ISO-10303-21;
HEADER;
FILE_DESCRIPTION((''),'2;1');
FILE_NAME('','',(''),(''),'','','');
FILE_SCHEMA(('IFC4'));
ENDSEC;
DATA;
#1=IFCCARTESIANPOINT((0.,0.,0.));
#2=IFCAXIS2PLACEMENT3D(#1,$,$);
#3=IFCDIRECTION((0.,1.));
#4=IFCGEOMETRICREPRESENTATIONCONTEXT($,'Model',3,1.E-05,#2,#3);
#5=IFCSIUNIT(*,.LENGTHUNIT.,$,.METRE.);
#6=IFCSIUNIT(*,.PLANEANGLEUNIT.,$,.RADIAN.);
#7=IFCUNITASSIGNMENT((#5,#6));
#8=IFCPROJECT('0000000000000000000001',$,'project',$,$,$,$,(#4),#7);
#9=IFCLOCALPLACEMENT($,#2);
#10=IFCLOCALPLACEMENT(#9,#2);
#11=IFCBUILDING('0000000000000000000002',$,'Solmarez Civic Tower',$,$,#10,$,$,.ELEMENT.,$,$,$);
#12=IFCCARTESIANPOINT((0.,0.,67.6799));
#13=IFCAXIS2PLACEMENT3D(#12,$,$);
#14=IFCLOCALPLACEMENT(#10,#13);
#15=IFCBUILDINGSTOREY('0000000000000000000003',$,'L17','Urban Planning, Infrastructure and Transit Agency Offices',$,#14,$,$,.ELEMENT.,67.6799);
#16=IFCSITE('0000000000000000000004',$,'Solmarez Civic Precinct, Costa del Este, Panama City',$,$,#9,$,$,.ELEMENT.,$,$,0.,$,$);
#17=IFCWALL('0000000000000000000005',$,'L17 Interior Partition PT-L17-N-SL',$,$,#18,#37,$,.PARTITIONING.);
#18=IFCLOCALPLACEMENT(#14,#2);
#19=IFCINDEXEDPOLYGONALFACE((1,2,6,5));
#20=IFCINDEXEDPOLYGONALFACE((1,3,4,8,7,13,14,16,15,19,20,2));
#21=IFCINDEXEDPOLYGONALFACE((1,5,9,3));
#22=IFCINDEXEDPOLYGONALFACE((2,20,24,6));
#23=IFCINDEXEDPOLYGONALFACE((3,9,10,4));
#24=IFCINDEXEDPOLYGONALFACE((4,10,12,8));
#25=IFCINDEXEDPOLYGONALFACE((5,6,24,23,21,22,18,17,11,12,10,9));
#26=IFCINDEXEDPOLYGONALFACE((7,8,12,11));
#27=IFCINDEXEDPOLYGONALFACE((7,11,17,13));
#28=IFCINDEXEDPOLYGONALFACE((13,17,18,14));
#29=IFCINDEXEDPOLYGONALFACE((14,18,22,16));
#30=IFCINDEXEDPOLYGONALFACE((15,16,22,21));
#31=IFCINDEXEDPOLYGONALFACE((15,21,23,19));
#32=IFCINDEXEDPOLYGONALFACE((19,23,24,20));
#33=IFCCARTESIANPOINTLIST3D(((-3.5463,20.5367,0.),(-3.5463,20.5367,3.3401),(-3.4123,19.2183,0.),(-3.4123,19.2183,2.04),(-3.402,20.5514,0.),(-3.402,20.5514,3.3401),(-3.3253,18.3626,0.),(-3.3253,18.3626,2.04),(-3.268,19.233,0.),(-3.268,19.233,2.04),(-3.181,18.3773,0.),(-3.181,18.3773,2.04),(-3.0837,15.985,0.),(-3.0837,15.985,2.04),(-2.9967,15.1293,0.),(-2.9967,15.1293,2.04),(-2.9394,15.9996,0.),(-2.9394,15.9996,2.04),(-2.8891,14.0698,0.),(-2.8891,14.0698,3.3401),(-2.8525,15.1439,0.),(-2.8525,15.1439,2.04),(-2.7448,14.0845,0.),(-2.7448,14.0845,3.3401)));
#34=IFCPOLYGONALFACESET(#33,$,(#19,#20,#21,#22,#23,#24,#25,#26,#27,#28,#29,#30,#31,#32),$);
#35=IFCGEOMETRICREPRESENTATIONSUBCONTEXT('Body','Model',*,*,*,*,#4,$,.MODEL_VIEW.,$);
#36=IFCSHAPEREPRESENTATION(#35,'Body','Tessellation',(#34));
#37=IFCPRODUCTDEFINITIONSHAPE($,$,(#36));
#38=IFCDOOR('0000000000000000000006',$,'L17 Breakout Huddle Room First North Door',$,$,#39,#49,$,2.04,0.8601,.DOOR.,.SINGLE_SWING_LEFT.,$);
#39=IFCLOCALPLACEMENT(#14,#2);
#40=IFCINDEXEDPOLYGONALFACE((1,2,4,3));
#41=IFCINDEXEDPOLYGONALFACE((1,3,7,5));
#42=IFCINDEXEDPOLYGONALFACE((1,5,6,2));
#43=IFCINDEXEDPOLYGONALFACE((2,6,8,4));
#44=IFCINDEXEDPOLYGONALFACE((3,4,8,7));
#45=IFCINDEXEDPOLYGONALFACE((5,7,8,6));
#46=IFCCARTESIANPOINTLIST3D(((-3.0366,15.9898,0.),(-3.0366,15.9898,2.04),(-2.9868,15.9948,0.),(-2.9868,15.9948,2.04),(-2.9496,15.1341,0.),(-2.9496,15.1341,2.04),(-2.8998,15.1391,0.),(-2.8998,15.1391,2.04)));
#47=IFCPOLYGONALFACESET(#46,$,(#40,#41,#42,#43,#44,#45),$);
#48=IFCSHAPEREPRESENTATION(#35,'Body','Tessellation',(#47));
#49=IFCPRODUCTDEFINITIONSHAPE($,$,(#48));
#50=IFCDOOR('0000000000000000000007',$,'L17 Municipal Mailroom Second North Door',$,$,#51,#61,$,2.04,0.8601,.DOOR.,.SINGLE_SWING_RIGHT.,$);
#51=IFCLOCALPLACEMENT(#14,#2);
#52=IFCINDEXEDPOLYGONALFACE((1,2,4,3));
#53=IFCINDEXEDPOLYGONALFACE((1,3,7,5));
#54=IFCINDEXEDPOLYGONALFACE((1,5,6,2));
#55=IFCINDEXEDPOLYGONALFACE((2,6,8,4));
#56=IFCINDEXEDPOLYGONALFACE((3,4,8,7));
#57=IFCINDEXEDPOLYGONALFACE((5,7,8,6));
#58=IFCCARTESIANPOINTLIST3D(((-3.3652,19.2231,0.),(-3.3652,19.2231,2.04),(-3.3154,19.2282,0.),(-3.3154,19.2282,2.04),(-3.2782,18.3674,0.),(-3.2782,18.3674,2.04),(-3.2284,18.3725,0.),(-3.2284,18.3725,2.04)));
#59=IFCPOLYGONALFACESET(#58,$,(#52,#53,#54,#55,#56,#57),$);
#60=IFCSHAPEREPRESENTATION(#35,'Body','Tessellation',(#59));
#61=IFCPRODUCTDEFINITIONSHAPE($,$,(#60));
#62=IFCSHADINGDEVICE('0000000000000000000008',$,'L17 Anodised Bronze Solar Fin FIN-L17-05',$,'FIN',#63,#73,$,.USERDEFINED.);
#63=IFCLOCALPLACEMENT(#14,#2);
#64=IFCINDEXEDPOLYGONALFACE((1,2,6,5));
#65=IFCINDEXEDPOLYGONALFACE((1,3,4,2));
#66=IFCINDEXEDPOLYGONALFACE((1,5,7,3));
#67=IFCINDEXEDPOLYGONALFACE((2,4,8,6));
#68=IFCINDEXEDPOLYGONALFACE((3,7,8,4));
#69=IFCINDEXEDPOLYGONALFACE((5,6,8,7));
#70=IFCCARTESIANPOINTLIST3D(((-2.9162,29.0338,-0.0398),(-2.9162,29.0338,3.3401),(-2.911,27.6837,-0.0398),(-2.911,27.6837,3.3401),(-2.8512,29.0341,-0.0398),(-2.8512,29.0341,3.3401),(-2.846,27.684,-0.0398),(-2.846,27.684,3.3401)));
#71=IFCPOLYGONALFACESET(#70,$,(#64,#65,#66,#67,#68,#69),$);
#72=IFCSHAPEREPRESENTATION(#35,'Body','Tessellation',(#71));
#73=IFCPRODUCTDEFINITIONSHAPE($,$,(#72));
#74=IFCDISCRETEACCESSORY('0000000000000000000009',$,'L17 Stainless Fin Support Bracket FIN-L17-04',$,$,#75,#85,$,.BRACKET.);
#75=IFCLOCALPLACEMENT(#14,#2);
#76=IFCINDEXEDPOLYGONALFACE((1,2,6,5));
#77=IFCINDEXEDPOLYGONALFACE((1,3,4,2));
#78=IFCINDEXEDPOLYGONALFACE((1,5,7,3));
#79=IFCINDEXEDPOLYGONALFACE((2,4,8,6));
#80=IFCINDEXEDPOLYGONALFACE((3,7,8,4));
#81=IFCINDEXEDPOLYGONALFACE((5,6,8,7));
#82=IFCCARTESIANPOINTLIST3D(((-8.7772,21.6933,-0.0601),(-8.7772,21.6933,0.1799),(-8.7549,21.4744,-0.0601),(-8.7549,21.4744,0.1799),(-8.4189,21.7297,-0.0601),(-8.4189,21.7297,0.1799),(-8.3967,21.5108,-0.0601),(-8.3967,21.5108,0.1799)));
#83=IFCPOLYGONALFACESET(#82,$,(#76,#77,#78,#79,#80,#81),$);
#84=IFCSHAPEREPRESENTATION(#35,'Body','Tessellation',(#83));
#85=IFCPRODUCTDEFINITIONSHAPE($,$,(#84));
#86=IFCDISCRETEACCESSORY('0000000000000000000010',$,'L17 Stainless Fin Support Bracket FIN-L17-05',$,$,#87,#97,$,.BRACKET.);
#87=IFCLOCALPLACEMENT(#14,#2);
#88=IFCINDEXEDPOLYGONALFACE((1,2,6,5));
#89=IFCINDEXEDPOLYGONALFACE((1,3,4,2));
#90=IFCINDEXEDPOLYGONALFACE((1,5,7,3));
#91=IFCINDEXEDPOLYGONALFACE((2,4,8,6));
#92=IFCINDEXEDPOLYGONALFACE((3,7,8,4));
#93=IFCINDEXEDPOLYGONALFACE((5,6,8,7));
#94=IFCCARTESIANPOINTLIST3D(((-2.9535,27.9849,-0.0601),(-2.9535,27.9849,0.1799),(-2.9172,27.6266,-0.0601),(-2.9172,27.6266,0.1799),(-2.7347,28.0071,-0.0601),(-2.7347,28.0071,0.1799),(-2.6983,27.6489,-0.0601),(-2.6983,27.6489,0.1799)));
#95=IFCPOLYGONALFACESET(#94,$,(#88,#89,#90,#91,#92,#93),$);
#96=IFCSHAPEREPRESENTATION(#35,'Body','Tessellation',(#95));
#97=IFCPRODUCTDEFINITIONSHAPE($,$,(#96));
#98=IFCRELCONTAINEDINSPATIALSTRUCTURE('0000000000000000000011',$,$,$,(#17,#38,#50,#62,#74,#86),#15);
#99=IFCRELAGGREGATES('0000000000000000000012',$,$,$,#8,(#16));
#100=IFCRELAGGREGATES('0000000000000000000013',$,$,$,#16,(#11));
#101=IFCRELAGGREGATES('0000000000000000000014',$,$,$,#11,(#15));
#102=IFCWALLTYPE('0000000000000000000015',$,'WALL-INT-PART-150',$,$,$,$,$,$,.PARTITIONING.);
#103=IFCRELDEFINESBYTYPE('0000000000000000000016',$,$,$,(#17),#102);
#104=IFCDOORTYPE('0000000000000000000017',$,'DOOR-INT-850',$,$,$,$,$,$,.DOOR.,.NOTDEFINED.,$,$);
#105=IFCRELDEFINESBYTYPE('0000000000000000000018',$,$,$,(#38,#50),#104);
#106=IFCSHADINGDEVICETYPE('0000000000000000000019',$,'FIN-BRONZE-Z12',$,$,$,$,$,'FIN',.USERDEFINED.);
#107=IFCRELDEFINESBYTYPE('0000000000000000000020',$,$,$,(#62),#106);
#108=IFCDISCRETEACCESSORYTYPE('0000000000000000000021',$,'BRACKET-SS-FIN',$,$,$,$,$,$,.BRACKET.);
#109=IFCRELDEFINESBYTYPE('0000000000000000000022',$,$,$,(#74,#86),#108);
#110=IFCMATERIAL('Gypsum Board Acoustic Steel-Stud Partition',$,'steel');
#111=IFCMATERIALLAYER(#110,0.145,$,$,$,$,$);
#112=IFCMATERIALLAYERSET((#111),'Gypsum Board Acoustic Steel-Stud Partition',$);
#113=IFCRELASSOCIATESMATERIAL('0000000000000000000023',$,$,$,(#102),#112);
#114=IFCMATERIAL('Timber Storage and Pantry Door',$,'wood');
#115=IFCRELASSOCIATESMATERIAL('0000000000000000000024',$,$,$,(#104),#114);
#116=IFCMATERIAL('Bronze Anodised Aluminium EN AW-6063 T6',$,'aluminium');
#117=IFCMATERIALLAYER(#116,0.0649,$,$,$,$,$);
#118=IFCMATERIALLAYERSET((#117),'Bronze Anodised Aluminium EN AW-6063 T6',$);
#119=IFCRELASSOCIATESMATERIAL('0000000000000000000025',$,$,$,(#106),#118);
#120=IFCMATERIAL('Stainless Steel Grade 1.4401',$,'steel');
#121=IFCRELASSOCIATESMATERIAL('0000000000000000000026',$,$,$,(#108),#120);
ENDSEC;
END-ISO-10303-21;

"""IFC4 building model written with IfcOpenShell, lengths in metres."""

from ifc_helpers import new_model, si_unit, direction, frame, frame_2d, origin, origin_2d, place, context, subcontext, project, spatial, rectangle, extrude, material, layer, layer_set, type_object, element, fill, save


model = new_model("IFC4")

# Units and contexts
model_context = context("Model", 3, precision=1e-05, world=origin(), true_north=direction((0.0, 1.0)))
body_context = subcontext(model_context, "Body", "Model", "MODEL_VIEW")
ifc_project = project(units=[si_unit("LENGTHUNIT", "METRE"), si_unit("PLANEANGLEUNIT", "RADIAN")], contexts=[model_context])

# Site, building, storey
site_placement = place(None, origin())
site = spatial("IfcSite", under=ifc_project, at=site_placement, Name="Solmarez Civic Precinct, Costa del Este, Panama City", CompositionType="ELEMENT", RefElevation=0.0)
building_placement = place(site_placement, origin())
building = spatial("IfcBuilding", under=site, at=building_placement, Name="Solmarez Civic Tower", CompositionType="ELEMENT")
storey_placement = place(building_placement, frame((0.0, 0.0, 67.6799)))
storey = spatial("IfcBuildingStorey", under=building, at=storey_placement, Name="L17", Description="Urban Planning, Infrastructure and Transit Agency Offices", CompositionType="ELEMENT", Elevation=67.6799)

# Shared definitions
ifc_material_1 = material(Name="Bronze Anodised Aluminium EN AW-6063 T6", Category="aluminium")

# Wall, openings, doors
ifc_material_2 = material(Name="Gypsum Board Acoustic Steel-Stud Partition", Category="steel")
ifc_layer_1 = layer(ifc_material_2, 0.145)
ifc_layer_set_1 = layer_set([ifc_layer_1], Name="Gypsum Board Acoustic Steel-Stud Partition")
wall_type_1 = type_object("IfcWallType", Name="WALL-INT-PART-150", PredefinedType="PARTITIONING", material=ifc_layer_set_1)
wall_1_placement = place(storey_placement, frame((-3.4741, 20.5439, 0.0), z_axis=(0.0, 0.0, 1.0), x_axis=(0.101106, -0.994876, 0.0)))
wall_1 = element("IfcWall", 1, at=wall_1_placement, inside=storey, type_object=wall_type_1, Name="L17 Interior Partition PT-L17-N-SL", PredefinedType="PARTITIONING", context=body_context, shape_type="SweptSolid", body=[
    extrude(rectangle(XDim=6.5002, YDim=0.145, at=frame_2d((3.25, 0.0))), origin(), (0.0, 0.0, 1.0), 3.3401),
])
opening_1_placement = place(wall_1_placement, frame((4.575, 0.0, 0.0)))
opening_1 = element("IfcOpeningElement", 2, at=opening_1_placement, cuts=wall_1, PredefinedType="OPENING", context=body_context, shape_type="SweptSolid", body=[
    extrude(rectangle(XDim=0.8601, YDim=2.04, at=frame_2d((0.4302, 1.02))), frame((0.0, 0.0825, 0.0), z_axis=(0.0, -1.0, 0.0), x_axis=(1.0, 0.0, 0.0)), (0.0, 0.0, 1.0), 0.165),
])
opening_2_placement = place(wall_1_placement, frame((1.325, 0.0, 0.0)))
opening_2 = element("IfcOpeningElement", 3, at=opening_2_placement, cuts=wall_1, PredefinedType="OPENING", context=body_context, shape_type="SweptSolid", body=[
    extrude(rectangle(XDim=0.8601, YDim=2.04, at=frame_2d((0.4302, 1.02))), frame((0.0, 0.0825, 0.0), z_axis=(0.0, -1.0, 0.0), x_axis=(1.0, 0.0, 0.0)), (0.0, 0.0, 1.0), 0.165),
])
ifc_material_3 = material(Name="Timber Storage and Pantry Door", Category="wood")
door_type = type_object("IfcDoorType", Name="DOOR-INT-850", OperationType="NOTDEFINED", PredefinedType="DOOR", material=ifc_material_3)
door_1_placement = place(opening_1_placement, origin())
door_1 = element("IfcDoor", 4, at=door_1_placement, inside=storey, type_object=door_type, Name="L17 Breakout Huddle Room First North Door", OperationType="SINGLE_SWING_LEFT", OverallHeight=2.04, OverallWidth=0.8601, PredefinedType="DOOR", context=body_context, shape_type="SweptSolid", body=[
    extrude(rectangle(XDim=0.8601, YDim=2.04, at=frame_2d((0.4302, 1.02))), frame((0.0, 0.0249, 0.0), z_axis=(0.0, -1.0, 0.0), x_axis=(1.0, 0.0, 0.0)), (0.0, 0.0, 1.0), 0.05),
])
fill(opening_1, door_1)
door_2_placement = place(opening_2_placement, origin())
door_2 = element("IfcDoor", 5, at=door_2_placement, inside=storey, type_object=door_type, Name="L17 Municipal Mailroom Second North Door", OperationType="SINGLE_SWING_RIGHT", OverallHeight=2.04, OverallWidth=0.8601, PredefinedType="DOOR", context=body_context, shape_type="SweptSolid", body=[
    extrude(rectangle(XDim=0.8601, YDim=2.04, at=frame_2d((0.4302, 1.02))), frame((0.0, 0.0249, 0.0), z_axis=(0.0, -1.0, 0.0), x_axis=(1.0, 0.0, 0.0)), (0.0, 0.0, 1.0), 0.05),
])
fill(opening_2, door_2)

# Shading device
ifc_layer_2 = layer(ifc_material_1, 0.0649)
ifc_layer_set_2 = layer_set([ifc_layer_2], Name="Bronze Anodised Aluminium EN AW-6063 T6")
shading_device_type = type_object("IfcShadingDeviceType", Name="FIN-BRONZE-Z12", ElementType="FIN", PredefinedType="USERDEFINED", material=ifc_layer_set_2)
shading_device_placement = place(storey_placement, frame((-2.8811, 28.3589, -0.0398), z_axis=(0.0, 0.0, 1.0), x_axis=(-0.003875, 0.999992, 0.0)))
element("IfcShadingDevice", 6, at=shading_device_placement, inside=storey, type_object=shading_device_type, Name="L17 Anodised Bronze Solar Fin FIN-L17-05", ObjectType="FIN", PredefinedType="USERDEFINED", context=body_context, shape_type="SweptSolid", body=[
    extrude(rectangle(XDim=1.3501, YDim=0.0649, at=origin_2d()), origin(), (0.0, 0.0, 1.0), 3.3799),
])

# Discrete accessories
ifc_material_4 = material(Name="Stainless Steel Grade 1.4401", Category="steel")
discrete_accessory_type = type_object("IfcDiscreteAccessoryType", Name="BRACKET-SS-FIN", PredefinedType="BRACKET", material=ifc_material_4)
for number, where, z_axis, x_axis, name in (
    (7, (-8.5869, 21.6021, -0.0601), (0.0, 0.0, 1.0), (-0.99488, -0.101061, 0.0), "L17 Stainless Fin Support Bracket FIN-L17-04"),
    (8, (-2.8259, 27.8169, -0.0601), (0.0, 0.0, 1.0), (-0.101066, 0.99488, 0.0), "L17 Stainless Fin Support Bracket FIN-L17-05"),
):
    element("IfcDiscreteAccessory", number, at=place(storey_placement, frame(where, z_axis=z_axis, x_axis=x_axis)), inside=storey, type_object=discrete_accessory_type, Name=name, PredefinedType="BRACKET", context=body_context, shape_type="SweptSolid", body=[
        extrude(rectangle(XDim=0.3601, YDim=0.22, at=origin_2d()), origin(), (0.0, 0.0, 1.0), 0.24),
    ])

save(model, "model.ifc")
